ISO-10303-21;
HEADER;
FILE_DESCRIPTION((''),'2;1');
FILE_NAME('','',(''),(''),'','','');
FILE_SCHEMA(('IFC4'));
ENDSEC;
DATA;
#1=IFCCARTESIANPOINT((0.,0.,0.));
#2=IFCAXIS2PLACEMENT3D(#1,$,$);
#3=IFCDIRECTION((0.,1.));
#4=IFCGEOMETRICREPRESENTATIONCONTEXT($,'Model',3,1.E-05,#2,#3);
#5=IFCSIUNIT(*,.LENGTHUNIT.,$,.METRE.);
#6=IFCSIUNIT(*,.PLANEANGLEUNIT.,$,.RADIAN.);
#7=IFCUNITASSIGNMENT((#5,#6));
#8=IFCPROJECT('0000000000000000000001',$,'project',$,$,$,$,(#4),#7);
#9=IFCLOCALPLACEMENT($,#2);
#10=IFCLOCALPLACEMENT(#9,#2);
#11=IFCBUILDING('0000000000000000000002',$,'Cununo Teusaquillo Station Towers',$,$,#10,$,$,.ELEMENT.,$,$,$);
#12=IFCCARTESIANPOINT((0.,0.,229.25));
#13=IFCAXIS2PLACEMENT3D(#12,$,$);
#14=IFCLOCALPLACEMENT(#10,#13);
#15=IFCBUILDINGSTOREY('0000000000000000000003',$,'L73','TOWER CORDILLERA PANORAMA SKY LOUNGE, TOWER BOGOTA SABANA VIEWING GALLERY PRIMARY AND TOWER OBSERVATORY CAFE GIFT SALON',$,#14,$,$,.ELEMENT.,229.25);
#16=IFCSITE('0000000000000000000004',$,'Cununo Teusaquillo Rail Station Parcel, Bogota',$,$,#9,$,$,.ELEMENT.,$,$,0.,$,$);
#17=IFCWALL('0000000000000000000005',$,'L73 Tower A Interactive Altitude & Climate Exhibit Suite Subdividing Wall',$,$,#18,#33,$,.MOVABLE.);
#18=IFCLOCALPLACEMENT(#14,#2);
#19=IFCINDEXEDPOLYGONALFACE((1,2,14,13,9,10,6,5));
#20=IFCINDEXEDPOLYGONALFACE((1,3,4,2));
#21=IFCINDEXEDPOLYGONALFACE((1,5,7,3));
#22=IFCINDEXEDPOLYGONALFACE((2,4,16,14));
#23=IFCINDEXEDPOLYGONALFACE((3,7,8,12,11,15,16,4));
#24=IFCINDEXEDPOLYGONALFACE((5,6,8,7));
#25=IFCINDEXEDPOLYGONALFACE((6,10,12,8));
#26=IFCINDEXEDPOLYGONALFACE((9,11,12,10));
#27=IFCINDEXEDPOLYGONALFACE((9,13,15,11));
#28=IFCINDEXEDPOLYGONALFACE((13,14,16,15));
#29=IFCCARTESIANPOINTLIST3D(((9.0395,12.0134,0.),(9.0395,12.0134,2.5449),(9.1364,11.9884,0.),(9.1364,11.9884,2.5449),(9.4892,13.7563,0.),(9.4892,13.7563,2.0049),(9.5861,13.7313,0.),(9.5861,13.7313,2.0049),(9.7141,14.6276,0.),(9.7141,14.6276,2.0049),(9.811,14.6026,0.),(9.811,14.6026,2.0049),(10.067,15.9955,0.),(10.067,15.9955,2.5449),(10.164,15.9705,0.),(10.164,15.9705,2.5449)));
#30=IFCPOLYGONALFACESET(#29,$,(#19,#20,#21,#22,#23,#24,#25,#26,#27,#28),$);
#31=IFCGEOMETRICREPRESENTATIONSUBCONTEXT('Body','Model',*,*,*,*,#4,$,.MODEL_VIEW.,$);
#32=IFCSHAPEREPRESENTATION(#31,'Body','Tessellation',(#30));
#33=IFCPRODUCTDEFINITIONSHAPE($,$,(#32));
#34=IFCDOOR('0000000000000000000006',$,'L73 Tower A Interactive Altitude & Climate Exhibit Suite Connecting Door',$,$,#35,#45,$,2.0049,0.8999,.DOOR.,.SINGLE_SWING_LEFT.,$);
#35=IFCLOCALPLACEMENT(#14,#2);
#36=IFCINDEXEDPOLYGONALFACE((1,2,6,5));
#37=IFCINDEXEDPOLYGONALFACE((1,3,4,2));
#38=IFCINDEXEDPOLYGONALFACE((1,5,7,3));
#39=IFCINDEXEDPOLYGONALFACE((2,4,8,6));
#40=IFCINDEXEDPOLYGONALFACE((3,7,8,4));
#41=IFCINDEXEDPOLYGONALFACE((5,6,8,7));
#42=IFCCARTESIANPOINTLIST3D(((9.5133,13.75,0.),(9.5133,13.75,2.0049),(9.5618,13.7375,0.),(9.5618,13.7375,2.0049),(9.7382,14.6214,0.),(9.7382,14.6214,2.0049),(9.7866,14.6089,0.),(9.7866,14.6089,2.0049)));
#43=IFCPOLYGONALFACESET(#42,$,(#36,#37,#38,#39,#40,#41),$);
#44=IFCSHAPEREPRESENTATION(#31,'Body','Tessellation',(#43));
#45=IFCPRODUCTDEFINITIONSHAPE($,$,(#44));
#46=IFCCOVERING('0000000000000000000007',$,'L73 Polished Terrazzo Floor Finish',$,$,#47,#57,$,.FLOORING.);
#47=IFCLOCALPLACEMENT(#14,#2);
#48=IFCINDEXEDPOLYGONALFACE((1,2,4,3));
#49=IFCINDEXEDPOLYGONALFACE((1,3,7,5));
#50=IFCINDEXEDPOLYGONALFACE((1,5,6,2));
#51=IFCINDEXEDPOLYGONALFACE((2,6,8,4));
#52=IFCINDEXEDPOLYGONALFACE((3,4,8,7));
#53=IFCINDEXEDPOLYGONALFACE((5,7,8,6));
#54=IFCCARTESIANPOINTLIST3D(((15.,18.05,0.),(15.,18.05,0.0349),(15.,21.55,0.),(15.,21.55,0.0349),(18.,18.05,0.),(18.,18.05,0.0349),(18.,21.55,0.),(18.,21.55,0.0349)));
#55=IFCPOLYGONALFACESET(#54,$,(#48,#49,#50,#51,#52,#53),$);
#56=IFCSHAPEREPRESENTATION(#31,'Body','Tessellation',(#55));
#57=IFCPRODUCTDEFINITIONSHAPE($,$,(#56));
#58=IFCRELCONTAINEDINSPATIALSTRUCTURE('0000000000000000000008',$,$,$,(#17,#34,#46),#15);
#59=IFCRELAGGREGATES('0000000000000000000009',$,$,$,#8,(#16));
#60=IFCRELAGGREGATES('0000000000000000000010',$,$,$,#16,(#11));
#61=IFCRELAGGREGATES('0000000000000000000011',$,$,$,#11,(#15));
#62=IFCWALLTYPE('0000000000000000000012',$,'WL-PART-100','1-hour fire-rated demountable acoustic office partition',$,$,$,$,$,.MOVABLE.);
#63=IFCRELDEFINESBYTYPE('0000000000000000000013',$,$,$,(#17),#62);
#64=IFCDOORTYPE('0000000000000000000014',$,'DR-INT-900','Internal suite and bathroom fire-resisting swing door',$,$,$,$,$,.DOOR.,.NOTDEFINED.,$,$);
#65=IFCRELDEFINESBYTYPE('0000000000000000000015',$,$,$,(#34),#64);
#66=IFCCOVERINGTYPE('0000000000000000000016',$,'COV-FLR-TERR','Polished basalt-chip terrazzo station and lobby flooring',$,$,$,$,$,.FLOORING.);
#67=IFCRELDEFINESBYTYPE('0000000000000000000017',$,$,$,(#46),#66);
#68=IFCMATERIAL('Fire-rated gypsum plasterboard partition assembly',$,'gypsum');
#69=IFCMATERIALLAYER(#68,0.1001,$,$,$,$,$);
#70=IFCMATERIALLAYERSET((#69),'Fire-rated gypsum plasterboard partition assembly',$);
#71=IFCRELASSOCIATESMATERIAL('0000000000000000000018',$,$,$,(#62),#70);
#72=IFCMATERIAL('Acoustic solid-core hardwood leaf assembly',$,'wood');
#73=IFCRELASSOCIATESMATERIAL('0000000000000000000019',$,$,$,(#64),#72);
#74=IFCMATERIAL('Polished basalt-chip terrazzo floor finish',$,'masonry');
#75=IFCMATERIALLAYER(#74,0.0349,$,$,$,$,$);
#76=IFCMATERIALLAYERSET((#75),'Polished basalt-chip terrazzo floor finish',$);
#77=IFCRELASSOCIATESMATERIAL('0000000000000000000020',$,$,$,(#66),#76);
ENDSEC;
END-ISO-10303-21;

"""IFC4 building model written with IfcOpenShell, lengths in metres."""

from ifc_helpers import new_model, si_unit, direction, frame, frame_2d, origin, place, context, subcontext, project, spatial, polyline, rectangle, outline, extrude, source, transform, mapped, material, layer, layer_set, type_object, element, fill, save


model = new_model("IFC4")

# Units and contexts
model_context = context("Model", 3, precision=1e-05, world=origin(), true_north=direction((0.0, 1.0)))
body_context = subcontext(model_context, "Body", "Model", "MODEL_VIEW")
ifc_project = project(units=[si_unit("LENGTHUNIT", "METRE"), si_unit("PLANEANGLEUNIT", "RADIAN")], contexts=[model_context])

# Site, building, storey
site_placement = place(None, origin())
site = spatial("IfcSite", under=ifc_project, at=site_placement, Name="Cununo Teusaquillo Rail Station Parcel, Bogota", CompositionType="ELEMENT", RefElevation=0.0)
building_placement = place(site_placement, origin())
building = spatial("IfcBuilding", under=site, at=building_placement, Name="Cununo Teusaquillo Station Towers", CompositionType="ELEMENT")
storey_placement = place(building_placement, frame((0.0, 0.0, 229.25)))
storey = spatial("IfcBuildingStorey", under=building, at=storey_placement, Name="L73", Description="TOWER CORDILLERA PANORAMA SKY LOUNGE, TOWER BOGOTA SABANA VIEWING GALLERY PRIMARY AND TOWER OBSERVATORY CAFE GIFT SALON", CompositionType="ELEMENT", Elevation=229.25)

# Shared definitions
ifc_material_1 = material(Name="Fire-rated gypsum plasterboard partition assembly", Category="gypsum")
ifc_layer_1 = layer(ifc_material_1, 0.1001)
ifc_layer_set_1 = layer_set([ifc_layer_1], Name="Fire-rated gypsum plasterboard partition assembly")
wall_type_1 = type_object("IfcWallType", Name="WL-PART-100", Description="1-hour fire-rated demountable acoustic office partition", PredefinedType="MOVABLE", material=ifc_layer_set_1)

# Wall, opening, door
wall_1_placement = place(storey_placement, frame((10.1155, 15.9829, 0.0), z_axis=(0.0, 0.0, 1.0), x_axis=(-0.249862, -0.968281, 0.0)))
wall_1 = element("IfcWall", 1, at=wall_1_placement, inside=storey, type_object=wall_type_1, Name="L73 Tower A Interactive Altitude & Climate Exhibit Suite Subdividing Wall", PredefinedType="MOVABLE", context=body_context, shape_type="SweptSolid", body=[
    extrude(rectangle(XDim=4.1125, YDim=0.1001, at=frame_2d((2.0562, 0.0))), origin(), (0.0, 0.0, 1.0), 2.5449),
])
shared_shape_1 = source(origin(), body_context, "Body", "SweptSolid", [
    extrude(rectangle(XDim=0.8999, YDim=2.0049, at=frame_2d((0.45, 1.0024))), frame((0.0, 0.0601, 0.0), z_axis=(0.0, -1.0, 0.0), x_axis=(1.0, 0.0, 0.0)), (0.0, 0.0, 1.0), 0.1201),
])
opening_1_placement = place(wall_1_placement, frame((1.4126, 0.0, 0.0)))
opening_1 = element("IfcOpeningElement", 2, at=opening_1_placement, cuts=wall_1, PredefinedType="OPENING", context=body_context, shape_type="MappedRepresentation", body=[
    mapped(shared_shape_1, transform((0.0, 0.0, 0.0), x_axis=(1.0, 0.0, 0.0), y_axis=(0.0, 1.0, 0.0), z_axis=(0.0, 0.0, 1.0), scale=1.0)),
])
ifc_material_2 = material(Name="Acoustic solid-core hardwood leaf assembly", Category="wood")
door_type = type_object("IfcDoorType", Name="DR-INT-900", Description="Internal suite and bathroom fire-resisting swing door", OperationType="NOTDEFINED", PredefinedType="DOOR", material=ifc_material_2)
shared_shape_2 = source(origin(), body_context, "Body", "SweptSolid", [
    extrude(rectangle(XDim=0.8999, YDim=2.0049, at=frame_2d((0.45, 1.0024))), frame((0.0, 0.0249, 0.0), z_axis=(0.0, -1.0, 0.0), x_axis=(1.0, 0.0, 0.0)), (0.0, 0.0, 1.0), 0.05),
])
door_placement = place(opening_1_placement, origin())
door = element("IfcDoor", 3, at=door_placement, inside=storey, type_object=door_type, Name="L73 Tower A Interactive Altitude & Climate Exhibit Suite Connecting Door", OperationType="SINGLE_SWING_LEFT", OverallHeight=2.0049, OverallWidth=0.8999, PredefinedType="DOOR", context=body_context, shape_type="MappedRepresentation", body=[
    mapped(shared_shape_2, transform((0.0, 0.0, 0.0), x_axis=(1.0, 0.0, 0.0), y_axis=(0.0, 1.0, 0.0), z_axis=(0.0, 0.0, 1.0), scale=1.0)),
])
fill(opening_1, door)

# Covering
ifc_material_3 = material(Name="Polished basalt-chip terrazzo floor finish", Category="masonry")
ifc_layer_2 = layer(ifc_material_3, 0.0349)
ifc_layer_set_2 = layer_set([ifc_layer_2], Name="Polished basalt-chip terrazzo floor finish")
covering_type = type_object("IfcCoveringType", Name="COV-FLR-TERR", Description="Polished basalt-chip terrazzo station and lobby flooring", PredefinedType="FLOORING", material=ifc_layer_set_2)
covering_placement = place(storey_placement, origin())
element("IfcCovering", 4, at=covering_placement, inside=storey, type_object=covering_type, Name="L73 Polished Terrazzo Floor Finish", PredefinedType="FLOORING", context=body_context, shape_type="SweptSolid", body=[
    extrude(outline(polyline([(15.0, 18.05), (18.0, 18.05), (18.0, 21.55), (15.0, 21.55), (15.0, 18.05)])), origin(), (0.0, 0.0, 1.0), 0.0349),
])

save(model, "model.ifc")
